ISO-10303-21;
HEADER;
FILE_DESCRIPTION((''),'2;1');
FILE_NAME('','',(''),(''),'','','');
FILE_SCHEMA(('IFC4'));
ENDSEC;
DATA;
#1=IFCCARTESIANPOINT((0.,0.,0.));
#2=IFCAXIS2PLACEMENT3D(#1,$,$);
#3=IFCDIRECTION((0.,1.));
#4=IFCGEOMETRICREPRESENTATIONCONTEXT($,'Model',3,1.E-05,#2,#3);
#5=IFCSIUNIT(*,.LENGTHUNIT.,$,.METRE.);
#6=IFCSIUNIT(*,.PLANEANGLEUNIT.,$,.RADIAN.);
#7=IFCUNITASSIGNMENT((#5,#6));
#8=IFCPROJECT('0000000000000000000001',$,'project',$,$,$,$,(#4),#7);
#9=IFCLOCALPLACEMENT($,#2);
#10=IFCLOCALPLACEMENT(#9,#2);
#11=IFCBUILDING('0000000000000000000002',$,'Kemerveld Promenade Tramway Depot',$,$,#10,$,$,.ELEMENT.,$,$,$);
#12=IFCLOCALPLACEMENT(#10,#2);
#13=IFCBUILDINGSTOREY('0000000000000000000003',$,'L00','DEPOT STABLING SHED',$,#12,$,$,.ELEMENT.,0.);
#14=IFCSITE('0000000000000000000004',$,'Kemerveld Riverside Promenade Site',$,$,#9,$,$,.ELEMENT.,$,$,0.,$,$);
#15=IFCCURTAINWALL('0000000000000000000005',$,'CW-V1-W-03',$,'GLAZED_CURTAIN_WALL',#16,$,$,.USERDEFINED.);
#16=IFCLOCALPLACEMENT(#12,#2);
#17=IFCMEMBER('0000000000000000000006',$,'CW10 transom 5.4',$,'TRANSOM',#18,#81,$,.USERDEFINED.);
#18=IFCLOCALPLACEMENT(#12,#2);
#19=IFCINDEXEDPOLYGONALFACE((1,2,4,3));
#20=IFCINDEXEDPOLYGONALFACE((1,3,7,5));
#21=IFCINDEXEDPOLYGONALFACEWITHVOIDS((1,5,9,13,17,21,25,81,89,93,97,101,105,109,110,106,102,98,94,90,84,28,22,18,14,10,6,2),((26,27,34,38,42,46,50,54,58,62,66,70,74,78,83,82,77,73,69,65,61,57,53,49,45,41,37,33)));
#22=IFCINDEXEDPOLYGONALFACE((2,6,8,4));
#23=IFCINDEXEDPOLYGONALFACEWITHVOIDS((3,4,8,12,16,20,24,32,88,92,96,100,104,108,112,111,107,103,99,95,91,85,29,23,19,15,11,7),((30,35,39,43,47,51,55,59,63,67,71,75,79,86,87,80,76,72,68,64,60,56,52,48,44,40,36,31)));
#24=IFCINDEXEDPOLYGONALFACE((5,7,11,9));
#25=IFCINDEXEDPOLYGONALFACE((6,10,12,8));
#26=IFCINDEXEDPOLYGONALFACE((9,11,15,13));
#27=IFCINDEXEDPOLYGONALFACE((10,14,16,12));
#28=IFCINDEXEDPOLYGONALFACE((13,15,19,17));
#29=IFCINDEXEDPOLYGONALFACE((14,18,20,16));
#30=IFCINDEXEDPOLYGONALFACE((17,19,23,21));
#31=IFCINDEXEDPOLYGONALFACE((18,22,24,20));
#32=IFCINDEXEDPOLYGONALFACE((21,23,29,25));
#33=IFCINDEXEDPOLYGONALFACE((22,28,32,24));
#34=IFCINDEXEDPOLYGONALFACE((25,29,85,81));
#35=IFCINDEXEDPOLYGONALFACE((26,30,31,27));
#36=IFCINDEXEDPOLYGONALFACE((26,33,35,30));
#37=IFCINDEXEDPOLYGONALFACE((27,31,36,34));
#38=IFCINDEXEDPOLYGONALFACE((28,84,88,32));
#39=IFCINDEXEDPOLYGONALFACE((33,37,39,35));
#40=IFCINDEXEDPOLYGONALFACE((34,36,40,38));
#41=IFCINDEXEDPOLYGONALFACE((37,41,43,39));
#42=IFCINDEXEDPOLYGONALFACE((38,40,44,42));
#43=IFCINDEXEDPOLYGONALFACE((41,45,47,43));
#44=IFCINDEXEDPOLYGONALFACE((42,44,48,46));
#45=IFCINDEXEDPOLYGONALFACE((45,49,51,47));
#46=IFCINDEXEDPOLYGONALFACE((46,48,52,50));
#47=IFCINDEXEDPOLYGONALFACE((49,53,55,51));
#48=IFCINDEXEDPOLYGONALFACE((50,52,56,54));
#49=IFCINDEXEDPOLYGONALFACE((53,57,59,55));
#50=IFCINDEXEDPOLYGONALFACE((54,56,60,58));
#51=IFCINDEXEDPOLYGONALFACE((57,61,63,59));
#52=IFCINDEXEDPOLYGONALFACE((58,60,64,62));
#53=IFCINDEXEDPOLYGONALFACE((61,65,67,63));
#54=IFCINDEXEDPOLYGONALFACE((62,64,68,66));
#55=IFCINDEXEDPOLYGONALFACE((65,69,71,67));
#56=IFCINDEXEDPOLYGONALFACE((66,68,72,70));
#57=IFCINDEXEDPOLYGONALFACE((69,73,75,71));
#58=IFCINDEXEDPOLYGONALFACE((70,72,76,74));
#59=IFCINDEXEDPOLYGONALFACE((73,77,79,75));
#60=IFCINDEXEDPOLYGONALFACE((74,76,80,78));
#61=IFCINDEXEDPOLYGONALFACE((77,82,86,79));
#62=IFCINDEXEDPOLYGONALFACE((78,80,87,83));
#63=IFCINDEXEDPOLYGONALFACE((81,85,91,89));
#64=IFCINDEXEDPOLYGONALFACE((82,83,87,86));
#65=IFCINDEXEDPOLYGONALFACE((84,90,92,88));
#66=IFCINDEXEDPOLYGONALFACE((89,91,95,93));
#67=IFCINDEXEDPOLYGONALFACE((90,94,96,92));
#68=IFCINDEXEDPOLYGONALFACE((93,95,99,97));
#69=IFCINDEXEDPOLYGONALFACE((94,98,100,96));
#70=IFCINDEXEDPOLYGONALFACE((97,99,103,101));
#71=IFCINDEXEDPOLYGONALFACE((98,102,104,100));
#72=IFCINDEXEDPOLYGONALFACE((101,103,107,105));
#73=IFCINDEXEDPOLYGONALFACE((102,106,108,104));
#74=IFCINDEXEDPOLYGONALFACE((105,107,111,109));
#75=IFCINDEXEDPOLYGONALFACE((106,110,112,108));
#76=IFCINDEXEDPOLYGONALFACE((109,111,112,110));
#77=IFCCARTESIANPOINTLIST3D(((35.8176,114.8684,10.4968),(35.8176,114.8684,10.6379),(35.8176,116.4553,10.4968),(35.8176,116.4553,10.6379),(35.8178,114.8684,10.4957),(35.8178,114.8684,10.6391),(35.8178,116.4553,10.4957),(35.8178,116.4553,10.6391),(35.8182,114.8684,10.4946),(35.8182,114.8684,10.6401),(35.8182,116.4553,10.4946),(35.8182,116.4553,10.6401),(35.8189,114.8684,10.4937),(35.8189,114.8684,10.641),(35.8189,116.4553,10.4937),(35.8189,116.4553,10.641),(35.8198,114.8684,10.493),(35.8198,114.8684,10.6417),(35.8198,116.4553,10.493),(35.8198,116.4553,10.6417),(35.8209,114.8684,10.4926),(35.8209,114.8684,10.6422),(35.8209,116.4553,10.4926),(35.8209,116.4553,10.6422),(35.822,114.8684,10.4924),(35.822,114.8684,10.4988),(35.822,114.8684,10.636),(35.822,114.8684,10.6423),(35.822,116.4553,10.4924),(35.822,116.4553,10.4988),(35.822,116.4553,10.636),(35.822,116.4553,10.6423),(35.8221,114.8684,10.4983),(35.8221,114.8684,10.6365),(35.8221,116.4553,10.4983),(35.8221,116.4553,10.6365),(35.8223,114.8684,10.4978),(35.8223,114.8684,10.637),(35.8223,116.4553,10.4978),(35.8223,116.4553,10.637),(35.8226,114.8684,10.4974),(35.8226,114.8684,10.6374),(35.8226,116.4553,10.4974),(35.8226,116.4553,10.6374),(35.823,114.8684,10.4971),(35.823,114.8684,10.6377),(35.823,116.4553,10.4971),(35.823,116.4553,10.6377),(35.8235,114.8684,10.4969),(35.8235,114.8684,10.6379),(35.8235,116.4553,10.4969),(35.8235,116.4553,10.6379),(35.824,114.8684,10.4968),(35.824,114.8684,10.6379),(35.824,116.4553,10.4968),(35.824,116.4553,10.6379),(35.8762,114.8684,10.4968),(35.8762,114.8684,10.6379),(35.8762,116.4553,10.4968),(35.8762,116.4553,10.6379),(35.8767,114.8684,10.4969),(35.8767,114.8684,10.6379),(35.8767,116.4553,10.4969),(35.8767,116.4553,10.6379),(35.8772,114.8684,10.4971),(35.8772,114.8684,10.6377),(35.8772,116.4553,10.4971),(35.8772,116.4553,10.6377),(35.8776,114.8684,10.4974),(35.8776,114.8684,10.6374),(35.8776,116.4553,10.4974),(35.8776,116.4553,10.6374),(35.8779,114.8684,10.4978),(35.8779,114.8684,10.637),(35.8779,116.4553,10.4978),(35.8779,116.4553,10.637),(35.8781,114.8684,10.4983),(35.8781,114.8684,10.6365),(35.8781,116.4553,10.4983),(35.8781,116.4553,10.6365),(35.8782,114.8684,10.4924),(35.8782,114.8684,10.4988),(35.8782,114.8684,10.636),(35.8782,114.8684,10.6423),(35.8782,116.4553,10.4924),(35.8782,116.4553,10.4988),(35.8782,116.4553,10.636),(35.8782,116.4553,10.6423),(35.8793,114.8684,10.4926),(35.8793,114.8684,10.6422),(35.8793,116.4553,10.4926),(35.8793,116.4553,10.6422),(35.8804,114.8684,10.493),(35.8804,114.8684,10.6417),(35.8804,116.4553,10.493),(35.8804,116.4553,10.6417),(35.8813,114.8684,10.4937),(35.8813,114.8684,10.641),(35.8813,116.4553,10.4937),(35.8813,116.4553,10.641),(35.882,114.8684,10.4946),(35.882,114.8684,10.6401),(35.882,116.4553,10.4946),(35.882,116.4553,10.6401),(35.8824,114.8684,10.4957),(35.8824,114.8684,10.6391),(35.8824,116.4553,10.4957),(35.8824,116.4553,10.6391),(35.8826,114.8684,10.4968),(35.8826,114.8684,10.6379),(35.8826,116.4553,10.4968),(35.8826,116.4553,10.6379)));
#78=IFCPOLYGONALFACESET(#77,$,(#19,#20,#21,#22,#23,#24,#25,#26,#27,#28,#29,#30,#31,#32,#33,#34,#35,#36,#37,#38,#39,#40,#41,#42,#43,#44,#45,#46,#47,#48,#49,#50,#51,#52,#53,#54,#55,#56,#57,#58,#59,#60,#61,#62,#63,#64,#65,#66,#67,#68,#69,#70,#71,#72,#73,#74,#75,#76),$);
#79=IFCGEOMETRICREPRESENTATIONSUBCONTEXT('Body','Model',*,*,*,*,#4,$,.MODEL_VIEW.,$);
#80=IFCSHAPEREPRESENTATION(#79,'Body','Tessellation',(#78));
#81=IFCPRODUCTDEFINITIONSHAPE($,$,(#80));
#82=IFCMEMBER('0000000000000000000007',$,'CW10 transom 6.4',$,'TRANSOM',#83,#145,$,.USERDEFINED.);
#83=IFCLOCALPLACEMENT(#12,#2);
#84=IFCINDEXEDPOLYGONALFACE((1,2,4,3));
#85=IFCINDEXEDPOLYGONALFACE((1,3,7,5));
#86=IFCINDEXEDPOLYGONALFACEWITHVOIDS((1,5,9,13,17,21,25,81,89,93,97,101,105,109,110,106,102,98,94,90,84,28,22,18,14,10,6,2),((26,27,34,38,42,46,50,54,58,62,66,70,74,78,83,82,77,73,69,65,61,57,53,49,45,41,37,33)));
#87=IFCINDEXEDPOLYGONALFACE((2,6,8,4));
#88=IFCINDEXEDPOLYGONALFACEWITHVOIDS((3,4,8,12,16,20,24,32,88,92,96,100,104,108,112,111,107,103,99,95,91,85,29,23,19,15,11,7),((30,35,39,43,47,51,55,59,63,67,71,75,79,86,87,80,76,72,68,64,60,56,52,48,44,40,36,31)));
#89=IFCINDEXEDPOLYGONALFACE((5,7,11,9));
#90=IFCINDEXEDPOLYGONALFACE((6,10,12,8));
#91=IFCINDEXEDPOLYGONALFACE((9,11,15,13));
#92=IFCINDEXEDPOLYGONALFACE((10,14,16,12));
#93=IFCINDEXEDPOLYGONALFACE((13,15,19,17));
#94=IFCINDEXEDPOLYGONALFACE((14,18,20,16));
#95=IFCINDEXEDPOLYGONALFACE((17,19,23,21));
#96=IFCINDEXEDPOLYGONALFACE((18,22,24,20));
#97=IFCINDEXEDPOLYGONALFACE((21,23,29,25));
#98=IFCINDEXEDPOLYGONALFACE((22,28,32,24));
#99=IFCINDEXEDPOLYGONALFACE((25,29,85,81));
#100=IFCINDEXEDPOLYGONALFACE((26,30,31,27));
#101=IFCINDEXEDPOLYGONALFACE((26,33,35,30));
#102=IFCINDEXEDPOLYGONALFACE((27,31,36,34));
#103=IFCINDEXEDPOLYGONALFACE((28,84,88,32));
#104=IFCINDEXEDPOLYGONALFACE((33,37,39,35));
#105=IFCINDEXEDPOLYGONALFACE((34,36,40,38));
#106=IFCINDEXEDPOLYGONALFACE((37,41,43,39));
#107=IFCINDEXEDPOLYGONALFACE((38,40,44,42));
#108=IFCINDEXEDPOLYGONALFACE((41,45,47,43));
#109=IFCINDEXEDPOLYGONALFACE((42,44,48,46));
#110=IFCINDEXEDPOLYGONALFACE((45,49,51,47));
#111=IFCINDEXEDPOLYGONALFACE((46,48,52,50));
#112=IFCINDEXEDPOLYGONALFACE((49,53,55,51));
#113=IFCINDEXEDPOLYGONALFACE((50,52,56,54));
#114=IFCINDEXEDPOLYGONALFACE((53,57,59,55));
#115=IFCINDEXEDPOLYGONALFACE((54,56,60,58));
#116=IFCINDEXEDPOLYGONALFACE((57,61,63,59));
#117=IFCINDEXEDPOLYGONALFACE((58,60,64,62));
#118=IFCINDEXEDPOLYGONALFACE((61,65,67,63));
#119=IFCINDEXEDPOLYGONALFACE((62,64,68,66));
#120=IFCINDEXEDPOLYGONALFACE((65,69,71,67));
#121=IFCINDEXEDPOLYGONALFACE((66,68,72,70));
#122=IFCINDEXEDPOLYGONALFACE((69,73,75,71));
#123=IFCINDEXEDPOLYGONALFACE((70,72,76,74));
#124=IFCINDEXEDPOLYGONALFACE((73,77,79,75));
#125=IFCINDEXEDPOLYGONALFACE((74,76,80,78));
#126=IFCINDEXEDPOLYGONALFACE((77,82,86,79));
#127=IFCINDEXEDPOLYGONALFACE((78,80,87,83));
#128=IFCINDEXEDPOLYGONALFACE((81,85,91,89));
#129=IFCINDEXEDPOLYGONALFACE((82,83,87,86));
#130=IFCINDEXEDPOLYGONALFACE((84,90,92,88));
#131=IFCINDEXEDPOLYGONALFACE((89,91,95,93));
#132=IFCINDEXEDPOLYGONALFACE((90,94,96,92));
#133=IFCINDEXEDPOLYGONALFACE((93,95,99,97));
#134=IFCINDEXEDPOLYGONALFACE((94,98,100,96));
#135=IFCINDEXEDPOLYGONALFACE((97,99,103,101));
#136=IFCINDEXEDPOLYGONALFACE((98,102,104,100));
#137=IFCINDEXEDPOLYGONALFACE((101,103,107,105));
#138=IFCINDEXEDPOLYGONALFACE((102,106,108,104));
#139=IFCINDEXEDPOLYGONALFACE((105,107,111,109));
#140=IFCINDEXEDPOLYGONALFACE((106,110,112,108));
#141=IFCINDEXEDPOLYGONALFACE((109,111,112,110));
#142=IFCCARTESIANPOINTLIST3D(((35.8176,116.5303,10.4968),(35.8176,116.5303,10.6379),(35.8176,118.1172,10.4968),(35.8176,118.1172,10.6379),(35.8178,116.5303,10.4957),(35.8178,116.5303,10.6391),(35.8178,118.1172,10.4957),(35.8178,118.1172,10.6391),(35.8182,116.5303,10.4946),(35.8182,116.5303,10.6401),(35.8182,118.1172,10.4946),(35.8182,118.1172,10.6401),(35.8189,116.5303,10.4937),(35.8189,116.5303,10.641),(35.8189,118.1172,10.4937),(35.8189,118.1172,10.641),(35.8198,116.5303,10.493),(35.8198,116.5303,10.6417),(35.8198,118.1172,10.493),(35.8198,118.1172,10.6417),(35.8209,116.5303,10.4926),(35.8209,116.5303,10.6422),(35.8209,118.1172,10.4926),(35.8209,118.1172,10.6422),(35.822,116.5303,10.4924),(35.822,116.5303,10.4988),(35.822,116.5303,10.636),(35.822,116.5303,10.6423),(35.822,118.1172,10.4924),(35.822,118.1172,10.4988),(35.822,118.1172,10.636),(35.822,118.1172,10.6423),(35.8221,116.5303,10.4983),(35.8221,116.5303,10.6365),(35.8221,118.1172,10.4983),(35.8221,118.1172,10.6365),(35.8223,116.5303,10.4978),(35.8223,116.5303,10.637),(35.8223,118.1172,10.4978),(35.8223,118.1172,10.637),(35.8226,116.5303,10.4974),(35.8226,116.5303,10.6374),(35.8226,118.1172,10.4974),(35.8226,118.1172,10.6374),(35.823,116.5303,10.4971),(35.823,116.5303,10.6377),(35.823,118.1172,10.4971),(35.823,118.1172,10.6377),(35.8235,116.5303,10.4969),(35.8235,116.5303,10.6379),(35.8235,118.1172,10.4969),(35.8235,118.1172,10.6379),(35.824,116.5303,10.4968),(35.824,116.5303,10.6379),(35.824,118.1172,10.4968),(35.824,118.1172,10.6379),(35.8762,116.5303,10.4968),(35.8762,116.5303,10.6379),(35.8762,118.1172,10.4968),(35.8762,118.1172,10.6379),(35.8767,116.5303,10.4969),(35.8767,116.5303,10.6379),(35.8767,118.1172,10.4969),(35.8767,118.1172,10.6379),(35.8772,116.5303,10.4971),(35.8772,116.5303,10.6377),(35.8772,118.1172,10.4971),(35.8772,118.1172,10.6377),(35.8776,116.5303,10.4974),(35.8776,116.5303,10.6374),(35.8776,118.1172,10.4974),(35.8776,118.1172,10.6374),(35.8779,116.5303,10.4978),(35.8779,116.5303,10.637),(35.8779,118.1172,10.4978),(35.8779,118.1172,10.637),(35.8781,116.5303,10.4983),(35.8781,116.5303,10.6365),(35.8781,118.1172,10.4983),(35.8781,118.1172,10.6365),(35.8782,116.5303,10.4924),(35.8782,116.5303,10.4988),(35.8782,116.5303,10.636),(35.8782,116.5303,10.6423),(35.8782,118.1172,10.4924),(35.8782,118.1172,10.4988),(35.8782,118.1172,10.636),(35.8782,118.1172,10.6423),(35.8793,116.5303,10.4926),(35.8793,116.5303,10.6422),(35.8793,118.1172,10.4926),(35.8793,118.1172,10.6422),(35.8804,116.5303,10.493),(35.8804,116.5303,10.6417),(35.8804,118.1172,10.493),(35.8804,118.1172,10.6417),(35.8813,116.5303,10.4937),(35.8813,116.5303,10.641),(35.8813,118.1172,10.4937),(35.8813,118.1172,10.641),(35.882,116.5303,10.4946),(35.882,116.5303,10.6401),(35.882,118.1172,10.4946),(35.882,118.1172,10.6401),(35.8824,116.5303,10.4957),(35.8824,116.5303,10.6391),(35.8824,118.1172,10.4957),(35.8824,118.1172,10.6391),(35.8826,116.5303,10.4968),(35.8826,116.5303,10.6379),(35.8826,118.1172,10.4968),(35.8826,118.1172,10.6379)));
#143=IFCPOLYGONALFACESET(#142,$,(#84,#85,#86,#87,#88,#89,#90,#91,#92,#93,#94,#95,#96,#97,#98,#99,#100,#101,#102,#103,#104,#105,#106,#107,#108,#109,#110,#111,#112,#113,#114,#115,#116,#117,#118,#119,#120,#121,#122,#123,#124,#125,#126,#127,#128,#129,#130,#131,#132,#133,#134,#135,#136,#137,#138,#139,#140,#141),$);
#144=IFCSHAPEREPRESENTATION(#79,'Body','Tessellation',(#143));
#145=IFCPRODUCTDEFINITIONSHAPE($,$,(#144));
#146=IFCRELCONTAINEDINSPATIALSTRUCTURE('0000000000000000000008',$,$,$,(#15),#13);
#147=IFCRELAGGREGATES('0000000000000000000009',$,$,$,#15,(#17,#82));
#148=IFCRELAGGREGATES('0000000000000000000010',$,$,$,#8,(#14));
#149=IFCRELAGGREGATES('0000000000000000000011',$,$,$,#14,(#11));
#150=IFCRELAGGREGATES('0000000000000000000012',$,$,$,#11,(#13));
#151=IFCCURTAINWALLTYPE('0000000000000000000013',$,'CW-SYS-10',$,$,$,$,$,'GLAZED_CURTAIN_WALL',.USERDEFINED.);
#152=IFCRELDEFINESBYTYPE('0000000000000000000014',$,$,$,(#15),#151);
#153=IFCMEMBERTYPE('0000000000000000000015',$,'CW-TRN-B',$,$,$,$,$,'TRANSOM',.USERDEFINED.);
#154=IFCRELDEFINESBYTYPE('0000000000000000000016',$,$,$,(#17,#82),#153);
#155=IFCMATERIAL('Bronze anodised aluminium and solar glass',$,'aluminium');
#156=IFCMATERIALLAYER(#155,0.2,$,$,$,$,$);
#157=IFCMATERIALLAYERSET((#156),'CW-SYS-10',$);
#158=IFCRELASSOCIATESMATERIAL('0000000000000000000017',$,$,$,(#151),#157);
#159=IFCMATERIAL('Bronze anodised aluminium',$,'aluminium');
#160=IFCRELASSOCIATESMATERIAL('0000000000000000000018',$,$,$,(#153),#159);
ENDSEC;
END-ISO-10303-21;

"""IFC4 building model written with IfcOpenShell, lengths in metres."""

from ifc_helpers import new_model, si_unit, direction, frame, origin, origin_2d, place, context, subcontext, project, spatial, hollow_rectangle, extrude, material, layer, layer_set, material_profile, profile_set, type_object, element, aggregate, save


model = new_model("IFC4")

# Units and contexts
model_context = context("Model", 3, precision=1e-05, world=origin(), true_north=direction((0.0, 1.0)))
body_context = subcontext(model_context, "Body", "Model", "MODEL_VIEW")
ifc_project = project(units=[si_unit("LENGTHUNIT", "METRE"), si_unit("PLANEANGLEUNIT", "RADIAN")], contexts=[model_context])

# Site, building, storey
site_placement = place(None, origin())
site = spatial("IfcSite", under=ifc_project, at=site_placement, Name="Kemerveld Riverside Promenade Site", CompositionType="ELEMENT", RefElevation=0.0)
building_placement = place(site_placement, origin())
building = spatial("IfcBuilding", under=site, at=building_placement, Name="Kemerveld Promenade Tramway Depot", CompositionType="ELEMENT")
storey_placement = place(building_placement, origin())
storey = spatial("IfcBuildingStorey", under=building, at=storey_placement, Name="L00", Description="DEPOT STABLING SHED", CompositionType="ELEMENT", Elevation=0.0)

# Curtain wall, members
ifc_material_1 = material(Name="Bronze anodised aluminium and solar glass", Category="aluminium")
ifc_layer_1 = layer(ifc_material_1, 0.2)
ifc_layer_set_1 = layer_set([ifc_layer_1], Name="CW-SYS-10")
curtain_wall_type = type_object("IfcCurtainWallType", Name="CW-SYS-10", ElementType="GLAZED_CURTAIN_WALL", PredefinedType="USERDEFINED", material=ifc_layer_set_1)
curtain_wall_placement = place(storey_placement, origin())
curtain_wall = element("IfcCurtainWall", 1, at=curtain_wall_placement, inside=storey, type_object=curtain_wall_type, Name="CW-V1-W-03", ObjectType="GLAZED_CURTAIN_WALL", PredefinedType="USERDEFINED")
ifc_material_2 = material(Name="Bronze anodised aluminium", Category="aluminium")
ifc_material_profile_1 = material_profile(ifc_material_2, hollow_rectangle(XDim=0.0649, YDim=0.1499, WallThickness=0.0044, InnerFilletRadius=0.002, OuterFilletRadius=0.0044, at=origin_2d()), Name="CW-TRN-150x65")
ifc_profile_set_1 = profile_set([ifc_material_profile_1], Name="Bronze anodised aluminium")
member_type_1 = type_object("IfcMemberType", Name="CW-TRN-B", ElementType="TRANSOM", PredefinedType="USERDEFINED", material=ifc_profile_set_1)
member_1_placement = place(storey_placement, frame((35.8501, 114.8684, 10.5674), z_axis=(0.0, 1.0, 0.0), x_axis=(-1.0, 0.0, 0.0)))
member_1 = element("IfcMember", 2, at=member_1_placement, type_object=member_type_1, Name="CW10 transom 5.4", ObjectType="TRANSOM", PredefinedType="USERDEFINED", context=body_context, shape_type="SweptSolid", body=[
    extrude(hollow_rectangle(XDim=0.0649, YDim=0.1499, WallThickness=0.0044, InnerFilletRadius=0.002, OuterFilletRadius=0.0044, at=origin_2d()), origin(), (0.0, 0.0, 1.0), 1.5869),
])
member_2_placement = place(storey_placement, frame((35.8501, 116.5303, 10.5674), z_axis=(0.0, 1.0, 0.0), x_axis=(-1.0, 0.0, 0.0)))
member_2 = element("IfcMember", 3, at=member_2_placement, type_object=member_type_1, Name="CW10 transom 6.4", ObjectType="TRANSOM", PredefinedType="USERDEFINED", context=body_context, shape_type="SweptSolid", body=[
    extrude(hollow_rectangle(XDim=0.0649, YDim=0.1499, WallThickness=0.0044, InnerFilletRadius=0.002, OuterFilletRadius=0.0044, at=origin_2d()), origin(), (0.0, 0.0, 1.0), 1.5869),
])

aggregate(curtain_wall, [member_1, member_2])

save(model, "model.ifc")
